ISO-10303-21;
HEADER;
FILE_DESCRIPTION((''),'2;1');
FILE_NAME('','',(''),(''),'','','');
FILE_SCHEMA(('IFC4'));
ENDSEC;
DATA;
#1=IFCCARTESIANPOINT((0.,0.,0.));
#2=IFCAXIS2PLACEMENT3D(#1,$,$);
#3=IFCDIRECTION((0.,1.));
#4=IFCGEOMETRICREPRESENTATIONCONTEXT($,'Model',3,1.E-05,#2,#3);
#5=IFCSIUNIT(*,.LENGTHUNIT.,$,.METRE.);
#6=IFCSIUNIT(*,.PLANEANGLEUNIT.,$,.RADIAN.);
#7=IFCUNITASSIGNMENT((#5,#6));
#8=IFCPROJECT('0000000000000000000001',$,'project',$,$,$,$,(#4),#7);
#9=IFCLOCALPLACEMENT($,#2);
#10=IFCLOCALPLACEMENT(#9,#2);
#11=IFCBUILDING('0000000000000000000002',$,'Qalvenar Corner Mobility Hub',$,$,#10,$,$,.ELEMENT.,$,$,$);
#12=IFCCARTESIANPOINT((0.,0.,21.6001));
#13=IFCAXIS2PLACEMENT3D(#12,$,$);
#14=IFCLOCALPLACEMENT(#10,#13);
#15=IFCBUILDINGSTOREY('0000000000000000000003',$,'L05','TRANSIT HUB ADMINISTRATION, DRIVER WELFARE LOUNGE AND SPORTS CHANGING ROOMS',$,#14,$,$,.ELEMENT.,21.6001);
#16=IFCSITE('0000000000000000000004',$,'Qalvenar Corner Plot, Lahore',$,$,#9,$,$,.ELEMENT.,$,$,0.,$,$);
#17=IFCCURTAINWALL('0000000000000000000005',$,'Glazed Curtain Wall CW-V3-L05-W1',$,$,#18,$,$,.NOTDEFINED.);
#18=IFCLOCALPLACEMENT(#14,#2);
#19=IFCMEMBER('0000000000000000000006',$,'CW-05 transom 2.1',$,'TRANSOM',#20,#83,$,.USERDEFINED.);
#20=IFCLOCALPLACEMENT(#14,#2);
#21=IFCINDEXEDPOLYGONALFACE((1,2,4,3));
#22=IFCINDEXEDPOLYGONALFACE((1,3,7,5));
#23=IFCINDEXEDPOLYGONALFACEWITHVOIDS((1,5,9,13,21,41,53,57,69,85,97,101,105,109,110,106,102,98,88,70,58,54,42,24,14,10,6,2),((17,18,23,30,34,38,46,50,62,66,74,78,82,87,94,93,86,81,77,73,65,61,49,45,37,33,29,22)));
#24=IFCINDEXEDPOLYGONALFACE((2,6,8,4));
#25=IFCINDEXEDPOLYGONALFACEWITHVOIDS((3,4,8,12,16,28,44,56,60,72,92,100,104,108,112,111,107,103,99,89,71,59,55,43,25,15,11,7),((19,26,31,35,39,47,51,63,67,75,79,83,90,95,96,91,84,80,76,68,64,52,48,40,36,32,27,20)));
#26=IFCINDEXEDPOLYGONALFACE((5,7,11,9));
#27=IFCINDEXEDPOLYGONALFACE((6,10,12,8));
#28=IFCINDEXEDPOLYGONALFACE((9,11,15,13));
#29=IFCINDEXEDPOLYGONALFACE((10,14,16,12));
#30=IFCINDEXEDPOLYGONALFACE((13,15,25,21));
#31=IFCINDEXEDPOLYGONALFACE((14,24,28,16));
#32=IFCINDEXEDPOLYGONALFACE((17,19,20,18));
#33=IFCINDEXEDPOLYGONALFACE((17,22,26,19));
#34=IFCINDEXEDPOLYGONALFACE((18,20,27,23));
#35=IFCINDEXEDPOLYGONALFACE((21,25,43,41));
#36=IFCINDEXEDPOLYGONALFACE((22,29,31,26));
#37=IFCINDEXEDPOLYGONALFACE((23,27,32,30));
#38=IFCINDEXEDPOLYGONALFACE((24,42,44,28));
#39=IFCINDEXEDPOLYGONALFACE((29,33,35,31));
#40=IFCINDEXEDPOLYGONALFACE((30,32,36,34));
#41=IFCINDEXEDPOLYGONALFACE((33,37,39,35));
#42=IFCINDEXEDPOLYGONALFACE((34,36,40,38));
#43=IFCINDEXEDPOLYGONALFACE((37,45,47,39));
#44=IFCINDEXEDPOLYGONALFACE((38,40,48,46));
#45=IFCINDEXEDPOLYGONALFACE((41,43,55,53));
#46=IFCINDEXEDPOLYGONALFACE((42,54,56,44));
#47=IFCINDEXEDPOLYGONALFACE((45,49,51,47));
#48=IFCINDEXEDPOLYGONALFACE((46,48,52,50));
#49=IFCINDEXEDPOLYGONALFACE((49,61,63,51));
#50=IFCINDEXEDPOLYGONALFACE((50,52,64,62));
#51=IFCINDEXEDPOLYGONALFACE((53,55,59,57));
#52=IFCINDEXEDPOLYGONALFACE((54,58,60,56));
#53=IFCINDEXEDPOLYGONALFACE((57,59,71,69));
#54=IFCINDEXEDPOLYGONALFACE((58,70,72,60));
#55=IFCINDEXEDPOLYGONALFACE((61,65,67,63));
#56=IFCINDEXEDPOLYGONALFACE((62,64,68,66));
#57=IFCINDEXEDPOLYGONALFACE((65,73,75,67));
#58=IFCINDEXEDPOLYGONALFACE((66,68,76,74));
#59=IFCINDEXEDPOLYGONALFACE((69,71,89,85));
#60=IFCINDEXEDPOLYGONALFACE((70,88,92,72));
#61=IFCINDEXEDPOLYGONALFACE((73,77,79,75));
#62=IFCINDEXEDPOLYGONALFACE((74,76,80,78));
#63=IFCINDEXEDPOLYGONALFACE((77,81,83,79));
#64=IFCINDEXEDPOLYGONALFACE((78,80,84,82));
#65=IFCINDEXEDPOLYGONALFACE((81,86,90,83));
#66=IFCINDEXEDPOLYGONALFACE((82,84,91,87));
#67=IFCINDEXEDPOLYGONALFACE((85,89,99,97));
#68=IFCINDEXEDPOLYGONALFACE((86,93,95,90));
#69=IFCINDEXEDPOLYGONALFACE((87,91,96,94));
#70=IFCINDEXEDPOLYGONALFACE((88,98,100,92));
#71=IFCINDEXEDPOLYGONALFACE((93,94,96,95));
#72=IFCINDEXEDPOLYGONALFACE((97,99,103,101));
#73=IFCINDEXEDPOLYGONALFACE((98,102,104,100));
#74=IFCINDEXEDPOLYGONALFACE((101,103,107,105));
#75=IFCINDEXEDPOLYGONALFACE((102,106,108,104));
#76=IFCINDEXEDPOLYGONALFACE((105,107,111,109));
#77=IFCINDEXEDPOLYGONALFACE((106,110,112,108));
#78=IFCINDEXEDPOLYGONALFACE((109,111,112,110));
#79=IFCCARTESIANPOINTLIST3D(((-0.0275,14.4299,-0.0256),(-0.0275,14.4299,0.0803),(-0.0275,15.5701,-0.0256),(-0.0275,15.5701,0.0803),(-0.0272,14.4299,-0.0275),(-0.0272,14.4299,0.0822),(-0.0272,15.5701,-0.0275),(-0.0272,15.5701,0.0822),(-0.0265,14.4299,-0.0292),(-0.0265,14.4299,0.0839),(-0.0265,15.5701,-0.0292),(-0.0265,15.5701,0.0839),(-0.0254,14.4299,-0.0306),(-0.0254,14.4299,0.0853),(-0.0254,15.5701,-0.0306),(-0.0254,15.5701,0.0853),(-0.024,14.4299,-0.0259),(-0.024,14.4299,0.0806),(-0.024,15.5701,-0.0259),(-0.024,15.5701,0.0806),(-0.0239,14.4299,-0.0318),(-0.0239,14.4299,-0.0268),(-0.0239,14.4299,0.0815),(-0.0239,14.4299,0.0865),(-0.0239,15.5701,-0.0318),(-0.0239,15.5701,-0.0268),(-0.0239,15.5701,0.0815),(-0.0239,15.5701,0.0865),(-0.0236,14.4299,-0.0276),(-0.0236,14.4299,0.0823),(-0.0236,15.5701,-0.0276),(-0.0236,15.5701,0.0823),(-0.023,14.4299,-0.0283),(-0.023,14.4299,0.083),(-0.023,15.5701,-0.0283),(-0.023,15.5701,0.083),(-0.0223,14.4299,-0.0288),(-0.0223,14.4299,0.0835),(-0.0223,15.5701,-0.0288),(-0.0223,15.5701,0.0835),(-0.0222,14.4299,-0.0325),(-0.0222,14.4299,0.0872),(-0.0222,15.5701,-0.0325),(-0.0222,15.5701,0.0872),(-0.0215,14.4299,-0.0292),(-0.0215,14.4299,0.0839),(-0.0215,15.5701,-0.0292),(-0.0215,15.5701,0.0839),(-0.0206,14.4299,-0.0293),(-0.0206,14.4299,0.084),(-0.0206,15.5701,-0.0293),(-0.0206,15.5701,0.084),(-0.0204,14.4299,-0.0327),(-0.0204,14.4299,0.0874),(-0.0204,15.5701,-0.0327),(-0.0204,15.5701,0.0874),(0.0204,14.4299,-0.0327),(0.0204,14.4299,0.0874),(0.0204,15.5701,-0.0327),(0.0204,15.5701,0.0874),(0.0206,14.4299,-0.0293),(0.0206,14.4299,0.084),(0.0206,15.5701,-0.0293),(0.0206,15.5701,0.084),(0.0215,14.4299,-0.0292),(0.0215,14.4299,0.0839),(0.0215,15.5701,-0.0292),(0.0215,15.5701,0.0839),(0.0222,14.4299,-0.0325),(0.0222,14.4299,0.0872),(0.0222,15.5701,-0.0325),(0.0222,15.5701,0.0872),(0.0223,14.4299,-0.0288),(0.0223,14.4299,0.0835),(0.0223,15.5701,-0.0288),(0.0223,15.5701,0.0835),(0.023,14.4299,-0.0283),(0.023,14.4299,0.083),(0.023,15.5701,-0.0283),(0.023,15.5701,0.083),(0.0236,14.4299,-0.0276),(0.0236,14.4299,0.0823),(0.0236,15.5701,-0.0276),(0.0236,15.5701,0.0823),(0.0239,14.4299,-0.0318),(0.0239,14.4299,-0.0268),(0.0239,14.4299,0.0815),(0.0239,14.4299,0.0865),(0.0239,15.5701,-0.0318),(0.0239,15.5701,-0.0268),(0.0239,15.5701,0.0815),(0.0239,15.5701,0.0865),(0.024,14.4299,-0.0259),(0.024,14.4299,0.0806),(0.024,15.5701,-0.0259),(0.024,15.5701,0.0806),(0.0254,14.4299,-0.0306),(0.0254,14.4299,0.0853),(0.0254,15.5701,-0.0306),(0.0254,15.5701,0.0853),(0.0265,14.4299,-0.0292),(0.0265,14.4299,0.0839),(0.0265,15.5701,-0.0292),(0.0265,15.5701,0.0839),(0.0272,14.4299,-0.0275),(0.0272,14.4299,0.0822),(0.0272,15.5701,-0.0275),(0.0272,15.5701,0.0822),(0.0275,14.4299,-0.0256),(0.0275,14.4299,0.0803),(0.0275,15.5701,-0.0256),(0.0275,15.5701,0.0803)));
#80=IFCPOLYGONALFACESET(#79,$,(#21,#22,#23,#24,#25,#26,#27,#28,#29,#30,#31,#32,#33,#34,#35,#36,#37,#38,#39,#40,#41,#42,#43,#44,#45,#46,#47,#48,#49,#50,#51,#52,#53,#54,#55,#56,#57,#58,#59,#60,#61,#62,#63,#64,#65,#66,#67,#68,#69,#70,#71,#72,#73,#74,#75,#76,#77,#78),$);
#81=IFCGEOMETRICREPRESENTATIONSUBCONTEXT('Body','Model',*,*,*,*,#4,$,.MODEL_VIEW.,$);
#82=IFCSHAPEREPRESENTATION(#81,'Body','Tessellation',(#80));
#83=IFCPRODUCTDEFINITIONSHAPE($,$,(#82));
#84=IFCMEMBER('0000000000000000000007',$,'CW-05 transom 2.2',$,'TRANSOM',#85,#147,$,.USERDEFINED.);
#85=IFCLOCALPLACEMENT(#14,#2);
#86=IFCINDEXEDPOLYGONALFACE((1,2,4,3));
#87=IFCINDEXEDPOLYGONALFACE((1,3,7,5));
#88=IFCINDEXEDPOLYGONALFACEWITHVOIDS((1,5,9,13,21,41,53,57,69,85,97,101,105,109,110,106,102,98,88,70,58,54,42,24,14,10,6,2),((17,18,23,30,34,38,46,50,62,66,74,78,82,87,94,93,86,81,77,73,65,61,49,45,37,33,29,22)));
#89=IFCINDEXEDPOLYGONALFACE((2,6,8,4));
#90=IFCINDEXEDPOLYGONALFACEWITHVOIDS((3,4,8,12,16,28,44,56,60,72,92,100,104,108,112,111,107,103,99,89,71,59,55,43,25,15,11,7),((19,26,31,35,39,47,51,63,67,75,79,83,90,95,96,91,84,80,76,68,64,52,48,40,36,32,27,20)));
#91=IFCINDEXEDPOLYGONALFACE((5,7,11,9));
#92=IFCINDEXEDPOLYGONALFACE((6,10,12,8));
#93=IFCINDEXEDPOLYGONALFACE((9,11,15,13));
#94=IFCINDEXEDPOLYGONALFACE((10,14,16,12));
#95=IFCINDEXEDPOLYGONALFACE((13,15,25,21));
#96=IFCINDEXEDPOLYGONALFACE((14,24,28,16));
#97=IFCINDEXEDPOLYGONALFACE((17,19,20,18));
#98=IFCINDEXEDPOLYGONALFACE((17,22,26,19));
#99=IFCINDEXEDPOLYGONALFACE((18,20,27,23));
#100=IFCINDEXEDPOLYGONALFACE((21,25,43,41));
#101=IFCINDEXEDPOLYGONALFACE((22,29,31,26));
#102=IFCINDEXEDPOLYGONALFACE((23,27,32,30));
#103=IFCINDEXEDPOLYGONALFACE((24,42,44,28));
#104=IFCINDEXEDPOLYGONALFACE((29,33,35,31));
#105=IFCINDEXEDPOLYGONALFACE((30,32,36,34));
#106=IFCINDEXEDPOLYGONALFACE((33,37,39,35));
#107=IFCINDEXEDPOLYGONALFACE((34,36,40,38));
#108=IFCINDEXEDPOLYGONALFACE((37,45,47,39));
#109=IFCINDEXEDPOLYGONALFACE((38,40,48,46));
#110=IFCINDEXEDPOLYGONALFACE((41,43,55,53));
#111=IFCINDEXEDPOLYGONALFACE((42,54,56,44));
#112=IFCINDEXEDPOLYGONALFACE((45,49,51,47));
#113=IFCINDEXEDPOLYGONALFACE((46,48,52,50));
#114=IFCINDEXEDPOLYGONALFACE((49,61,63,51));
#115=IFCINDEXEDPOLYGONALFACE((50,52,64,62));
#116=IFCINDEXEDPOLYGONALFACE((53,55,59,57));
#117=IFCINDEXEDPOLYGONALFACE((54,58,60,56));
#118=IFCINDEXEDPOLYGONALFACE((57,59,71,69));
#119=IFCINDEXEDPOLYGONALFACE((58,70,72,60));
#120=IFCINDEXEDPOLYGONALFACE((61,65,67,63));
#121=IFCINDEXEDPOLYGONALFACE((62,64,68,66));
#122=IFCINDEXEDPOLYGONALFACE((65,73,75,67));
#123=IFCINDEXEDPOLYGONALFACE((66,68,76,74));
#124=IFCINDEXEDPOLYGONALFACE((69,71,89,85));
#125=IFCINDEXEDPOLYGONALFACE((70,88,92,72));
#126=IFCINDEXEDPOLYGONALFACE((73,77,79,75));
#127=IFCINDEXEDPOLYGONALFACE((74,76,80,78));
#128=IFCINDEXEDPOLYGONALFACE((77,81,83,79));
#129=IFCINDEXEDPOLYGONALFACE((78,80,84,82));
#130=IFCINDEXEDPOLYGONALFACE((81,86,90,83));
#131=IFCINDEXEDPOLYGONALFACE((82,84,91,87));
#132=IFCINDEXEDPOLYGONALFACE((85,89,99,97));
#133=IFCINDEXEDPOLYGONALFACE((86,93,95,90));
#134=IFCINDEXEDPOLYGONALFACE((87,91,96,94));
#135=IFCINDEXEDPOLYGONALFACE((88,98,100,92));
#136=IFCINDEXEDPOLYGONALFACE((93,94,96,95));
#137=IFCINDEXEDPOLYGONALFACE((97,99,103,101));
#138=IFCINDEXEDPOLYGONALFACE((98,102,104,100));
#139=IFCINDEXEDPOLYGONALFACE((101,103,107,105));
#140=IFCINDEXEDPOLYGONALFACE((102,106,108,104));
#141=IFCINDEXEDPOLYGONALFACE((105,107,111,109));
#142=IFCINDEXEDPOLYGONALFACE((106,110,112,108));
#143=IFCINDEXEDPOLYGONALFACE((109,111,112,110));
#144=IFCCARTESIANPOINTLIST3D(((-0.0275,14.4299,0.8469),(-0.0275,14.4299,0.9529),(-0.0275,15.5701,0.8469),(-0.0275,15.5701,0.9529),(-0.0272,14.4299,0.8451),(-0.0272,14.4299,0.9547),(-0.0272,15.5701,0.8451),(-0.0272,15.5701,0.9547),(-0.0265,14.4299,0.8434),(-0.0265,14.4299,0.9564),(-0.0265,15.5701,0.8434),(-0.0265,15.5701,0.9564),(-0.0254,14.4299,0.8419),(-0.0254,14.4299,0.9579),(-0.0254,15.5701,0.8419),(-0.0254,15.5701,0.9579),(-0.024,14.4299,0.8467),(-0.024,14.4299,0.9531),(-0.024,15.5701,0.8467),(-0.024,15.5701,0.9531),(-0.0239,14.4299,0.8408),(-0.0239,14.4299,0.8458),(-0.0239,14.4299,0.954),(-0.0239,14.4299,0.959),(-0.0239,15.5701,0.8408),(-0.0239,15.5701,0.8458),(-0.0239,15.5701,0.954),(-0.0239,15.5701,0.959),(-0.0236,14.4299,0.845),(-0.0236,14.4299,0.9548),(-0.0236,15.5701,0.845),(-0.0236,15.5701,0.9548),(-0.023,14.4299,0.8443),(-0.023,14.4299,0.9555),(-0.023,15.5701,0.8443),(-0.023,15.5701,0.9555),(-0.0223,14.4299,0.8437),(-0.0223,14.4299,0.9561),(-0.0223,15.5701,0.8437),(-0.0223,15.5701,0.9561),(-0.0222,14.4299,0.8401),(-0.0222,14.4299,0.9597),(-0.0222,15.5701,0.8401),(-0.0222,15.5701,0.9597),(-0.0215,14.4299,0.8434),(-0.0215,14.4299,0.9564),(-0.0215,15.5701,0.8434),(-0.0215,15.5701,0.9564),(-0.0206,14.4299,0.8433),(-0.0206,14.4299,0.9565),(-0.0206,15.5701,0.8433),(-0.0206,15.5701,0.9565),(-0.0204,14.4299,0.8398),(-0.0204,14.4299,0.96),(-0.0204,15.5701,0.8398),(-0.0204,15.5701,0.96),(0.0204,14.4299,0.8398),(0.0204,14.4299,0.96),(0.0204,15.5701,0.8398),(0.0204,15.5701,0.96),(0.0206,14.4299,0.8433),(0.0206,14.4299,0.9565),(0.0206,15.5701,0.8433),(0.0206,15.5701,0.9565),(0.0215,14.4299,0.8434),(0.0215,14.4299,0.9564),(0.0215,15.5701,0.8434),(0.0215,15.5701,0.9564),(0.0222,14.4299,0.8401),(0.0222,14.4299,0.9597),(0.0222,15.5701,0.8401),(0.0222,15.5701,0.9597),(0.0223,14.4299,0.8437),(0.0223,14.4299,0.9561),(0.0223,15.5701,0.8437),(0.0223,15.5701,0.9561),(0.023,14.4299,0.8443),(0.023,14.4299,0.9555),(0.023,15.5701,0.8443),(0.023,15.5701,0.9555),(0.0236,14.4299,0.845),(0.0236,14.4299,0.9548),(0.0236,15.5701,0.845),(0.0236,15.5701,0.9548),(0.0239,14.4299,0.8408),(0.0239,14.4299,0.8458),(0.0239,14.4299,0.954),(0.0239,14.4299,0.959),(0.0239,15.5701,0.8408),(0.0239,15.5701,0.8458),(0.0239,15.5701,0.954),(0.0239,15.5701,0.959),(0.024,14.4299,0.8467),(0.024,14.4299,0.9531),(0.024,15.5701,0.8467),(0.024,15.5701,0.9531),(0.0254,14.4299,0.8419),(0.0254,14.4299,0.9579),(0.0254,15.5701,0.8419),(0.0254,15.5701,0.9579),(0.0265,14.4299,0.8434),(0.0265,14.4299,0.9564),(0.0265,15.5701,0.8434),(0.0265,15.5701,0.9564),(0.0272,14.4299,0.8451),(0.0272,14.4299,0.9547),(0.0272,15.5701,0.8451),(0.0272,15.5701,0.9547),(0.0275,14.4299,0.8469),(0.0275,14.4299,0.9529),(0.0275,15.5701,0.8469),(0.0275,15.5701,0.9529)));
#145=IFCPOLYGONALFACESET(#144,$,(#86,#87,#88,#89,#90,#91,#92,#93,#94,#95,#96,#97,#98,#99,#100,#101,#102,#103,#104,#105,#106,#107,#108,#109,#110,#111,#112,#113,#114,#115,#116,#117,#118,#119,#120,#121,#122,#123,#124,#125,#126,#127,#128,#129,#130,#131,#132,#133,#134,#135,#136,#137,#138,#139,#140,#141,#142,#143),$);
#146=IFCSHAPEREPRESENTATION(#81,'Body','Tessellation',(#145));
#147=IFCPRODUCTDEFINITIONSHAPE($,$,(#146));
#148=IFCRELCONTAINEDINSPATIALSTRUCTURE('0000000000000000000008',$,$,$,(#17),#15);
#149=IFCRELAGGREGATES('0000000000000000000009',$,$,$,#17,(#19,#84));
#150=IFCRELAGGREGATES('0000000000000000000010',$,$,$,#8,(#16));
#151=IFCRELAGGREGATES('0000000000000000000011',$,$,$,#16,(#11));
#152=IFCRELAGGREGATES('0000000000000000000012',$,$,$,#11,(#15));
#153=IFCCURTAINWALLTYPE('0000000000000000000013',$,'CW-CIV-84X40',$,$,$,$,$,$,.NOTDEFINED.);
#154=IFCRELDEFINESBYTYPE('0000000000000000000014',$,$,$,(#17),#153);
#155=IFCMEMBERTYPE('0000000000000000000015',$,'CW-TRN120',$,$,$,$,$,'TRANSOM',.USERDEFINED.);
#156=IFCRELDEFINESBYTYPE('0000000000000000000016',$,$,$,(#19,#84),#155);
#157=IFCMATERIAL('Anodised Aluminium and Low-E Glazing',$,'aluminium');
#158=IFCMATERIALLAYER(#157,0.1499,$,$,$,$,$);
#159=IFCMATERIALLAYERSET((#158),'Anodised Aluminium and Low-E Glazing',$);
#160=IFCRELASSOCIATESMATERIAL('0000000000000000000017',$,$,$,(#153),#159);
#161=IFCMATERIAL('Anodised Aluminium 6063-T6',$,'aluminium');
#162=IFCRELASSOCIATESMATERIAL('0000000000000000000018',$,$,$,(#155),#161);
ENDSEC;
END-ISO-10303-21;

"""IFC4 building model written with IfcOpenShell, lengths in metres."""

from ifc_helpers import new_model, si_unit, direction, frame, origin, origin_2d, place, context, subcontext, project, spatial, hollow_rectangle, extrude, material, layer, layer_set, material_profile, profile_set, type_object, element, aggregate, save


model = new_model("IFC4")

# Units and contexts
model_context = context("Model", 3, precision=1e-05, world=origin(), true_north=direction((0.0, 1.0)))
body_context = subcontext(model_context, "Body", "Model", "MODEL_VIEW")
ifc_project = project(units=[si_unit("LENGTHUNIT", "METRE"), si_unit("PLANEANGLEUNIT", "RADIAN")], contexts=[model_context])

# Site, building, storey
site_placement = place(None, origin())
site = spatial("IfcSite", under=ifc_project, at=site_placement, Name="Qalvenar Corner Plot, Lahore", CompositionType="ELEMENT", RefElevation=0.0)
building_placement = place(site_placement, origin())
building = spatial("IfcBuilding", under=site, at=building_placement, Name="Qalvenar Corner Mobility Hub", CompositionType="ELEMENT")
storey_placement = place(building_placement, frame((0.0, 0.0, 21.6001)))
storey = spatial("IfcBuildingStorey", under=building, at=storey_placement, Name="L05", Description="TRANSIT HUB ADMINISTRATION, DRIVER WELFARE LOUNGE AND SPORTS CHANGING ROOMS", CompositionType="ELEMENT", Elevation=21.6001)

# Curtain wall
ifc_material_1 = material(Name="Anodised Aluminium and Low-E Glazing", Category="aluminium")
ifc_layer_1 = layer(ifc_material_1, 0.1499)
ifc_layer_set_1 = layer_set([ifc_layer_1], Name="Anodised Aluminium and Low-E Glazing")
curtain_wall_type = type_object("IfcCurtainWallType", Name="CW-CIV-84X40", PredefinedType="NOTDEFINED", material=ifc_layer_set_1)
curtain_wall_1_placement = place(storey_placement, origin())
curtain_wall_1 = element("IfcCurtainWall", 1, at=curtain_wall_1_placement, inside=storey, type_object=curtain_wall_type, Name="Glazed Curtain Wall CW-V3-L05-W1", PredefinedType="NOTDEFINED")
ifc_material_2 = material(Name="Anodised Aluminium 6063-T6", Category="aluminium")

# Members
ifc_material_profile_1 = material_profile(ifc_material_2, hollow_rectangle(XDim=0.0549, YDim=0.1201, WallThickness=0.0034, InnerFilletRadius=0.0034, OuterFilletRadius=0.0071, at=origin_2d()), Name="RHS120x55x3.5")
ifc_profile_set_1 = profile_set([ifc_material_profile_1], Name="Anodised Aluminium 6063-T6")
member_type_1 = type_object("IfcMemberType", Name="CW-TRN120", ElementType="TRANSOM", PredefinedType="USERDEFINED", material=ifc_profile_set_1)
member_1_placement = place(storey_placement, frame((0.0, 15.5701, 0.0273), z_axis=(0.0, -1.0, 0.0), x_axis=(1.0, 0.0, 0.0)))
member_1 = element("IfcMember", 2, at=member_1_placement, type_object=member_type_1, Name="CW-05 transom 2.1", ObjectType="TRANSOM", PredefinedType="USERDEFINED", context=body_context, shape_type="SweptSolid", body=[
    extrude(hollow_rectangle(XDim=0.0549, YDim=0.1201, WallThickness=0.0034, InnerFilletRadius=0.0034, OuterFilletRadius=0.0071, at=origin_2d()), origin(), (0.0, 0.0, 1.0), 1.1401),
])
member_2_placement = place(storey_placement, frame((0.0, 15.5701, 0.8999), z_axis=(0.0, -1.0, 0.0), x_axis=(1.0, 0.0, 0.0)))
member_2 = element("IfcMember", 3, at=member_2_placement, type_object=member_type_1, Name="CW-05 transom 2.2", ObjectType="TRANSOM", PredefinedType="USERDEFINED", context=body_context, shape_type="SweptSolid", body=[
    extrude(hollow_rectangle(XDim=0.0549, YDim=0.1201, WallThickness=0.0034, InnerFilletRadius=0.0034, OuterFilletRadius=0.0071, at=origin_2d()), origin(), (0.0, 0.0, 1.0), 1.1401),
])

aggregate(curtain_wall_1, [member_1, member_2])

save(model, "model.ifc")
